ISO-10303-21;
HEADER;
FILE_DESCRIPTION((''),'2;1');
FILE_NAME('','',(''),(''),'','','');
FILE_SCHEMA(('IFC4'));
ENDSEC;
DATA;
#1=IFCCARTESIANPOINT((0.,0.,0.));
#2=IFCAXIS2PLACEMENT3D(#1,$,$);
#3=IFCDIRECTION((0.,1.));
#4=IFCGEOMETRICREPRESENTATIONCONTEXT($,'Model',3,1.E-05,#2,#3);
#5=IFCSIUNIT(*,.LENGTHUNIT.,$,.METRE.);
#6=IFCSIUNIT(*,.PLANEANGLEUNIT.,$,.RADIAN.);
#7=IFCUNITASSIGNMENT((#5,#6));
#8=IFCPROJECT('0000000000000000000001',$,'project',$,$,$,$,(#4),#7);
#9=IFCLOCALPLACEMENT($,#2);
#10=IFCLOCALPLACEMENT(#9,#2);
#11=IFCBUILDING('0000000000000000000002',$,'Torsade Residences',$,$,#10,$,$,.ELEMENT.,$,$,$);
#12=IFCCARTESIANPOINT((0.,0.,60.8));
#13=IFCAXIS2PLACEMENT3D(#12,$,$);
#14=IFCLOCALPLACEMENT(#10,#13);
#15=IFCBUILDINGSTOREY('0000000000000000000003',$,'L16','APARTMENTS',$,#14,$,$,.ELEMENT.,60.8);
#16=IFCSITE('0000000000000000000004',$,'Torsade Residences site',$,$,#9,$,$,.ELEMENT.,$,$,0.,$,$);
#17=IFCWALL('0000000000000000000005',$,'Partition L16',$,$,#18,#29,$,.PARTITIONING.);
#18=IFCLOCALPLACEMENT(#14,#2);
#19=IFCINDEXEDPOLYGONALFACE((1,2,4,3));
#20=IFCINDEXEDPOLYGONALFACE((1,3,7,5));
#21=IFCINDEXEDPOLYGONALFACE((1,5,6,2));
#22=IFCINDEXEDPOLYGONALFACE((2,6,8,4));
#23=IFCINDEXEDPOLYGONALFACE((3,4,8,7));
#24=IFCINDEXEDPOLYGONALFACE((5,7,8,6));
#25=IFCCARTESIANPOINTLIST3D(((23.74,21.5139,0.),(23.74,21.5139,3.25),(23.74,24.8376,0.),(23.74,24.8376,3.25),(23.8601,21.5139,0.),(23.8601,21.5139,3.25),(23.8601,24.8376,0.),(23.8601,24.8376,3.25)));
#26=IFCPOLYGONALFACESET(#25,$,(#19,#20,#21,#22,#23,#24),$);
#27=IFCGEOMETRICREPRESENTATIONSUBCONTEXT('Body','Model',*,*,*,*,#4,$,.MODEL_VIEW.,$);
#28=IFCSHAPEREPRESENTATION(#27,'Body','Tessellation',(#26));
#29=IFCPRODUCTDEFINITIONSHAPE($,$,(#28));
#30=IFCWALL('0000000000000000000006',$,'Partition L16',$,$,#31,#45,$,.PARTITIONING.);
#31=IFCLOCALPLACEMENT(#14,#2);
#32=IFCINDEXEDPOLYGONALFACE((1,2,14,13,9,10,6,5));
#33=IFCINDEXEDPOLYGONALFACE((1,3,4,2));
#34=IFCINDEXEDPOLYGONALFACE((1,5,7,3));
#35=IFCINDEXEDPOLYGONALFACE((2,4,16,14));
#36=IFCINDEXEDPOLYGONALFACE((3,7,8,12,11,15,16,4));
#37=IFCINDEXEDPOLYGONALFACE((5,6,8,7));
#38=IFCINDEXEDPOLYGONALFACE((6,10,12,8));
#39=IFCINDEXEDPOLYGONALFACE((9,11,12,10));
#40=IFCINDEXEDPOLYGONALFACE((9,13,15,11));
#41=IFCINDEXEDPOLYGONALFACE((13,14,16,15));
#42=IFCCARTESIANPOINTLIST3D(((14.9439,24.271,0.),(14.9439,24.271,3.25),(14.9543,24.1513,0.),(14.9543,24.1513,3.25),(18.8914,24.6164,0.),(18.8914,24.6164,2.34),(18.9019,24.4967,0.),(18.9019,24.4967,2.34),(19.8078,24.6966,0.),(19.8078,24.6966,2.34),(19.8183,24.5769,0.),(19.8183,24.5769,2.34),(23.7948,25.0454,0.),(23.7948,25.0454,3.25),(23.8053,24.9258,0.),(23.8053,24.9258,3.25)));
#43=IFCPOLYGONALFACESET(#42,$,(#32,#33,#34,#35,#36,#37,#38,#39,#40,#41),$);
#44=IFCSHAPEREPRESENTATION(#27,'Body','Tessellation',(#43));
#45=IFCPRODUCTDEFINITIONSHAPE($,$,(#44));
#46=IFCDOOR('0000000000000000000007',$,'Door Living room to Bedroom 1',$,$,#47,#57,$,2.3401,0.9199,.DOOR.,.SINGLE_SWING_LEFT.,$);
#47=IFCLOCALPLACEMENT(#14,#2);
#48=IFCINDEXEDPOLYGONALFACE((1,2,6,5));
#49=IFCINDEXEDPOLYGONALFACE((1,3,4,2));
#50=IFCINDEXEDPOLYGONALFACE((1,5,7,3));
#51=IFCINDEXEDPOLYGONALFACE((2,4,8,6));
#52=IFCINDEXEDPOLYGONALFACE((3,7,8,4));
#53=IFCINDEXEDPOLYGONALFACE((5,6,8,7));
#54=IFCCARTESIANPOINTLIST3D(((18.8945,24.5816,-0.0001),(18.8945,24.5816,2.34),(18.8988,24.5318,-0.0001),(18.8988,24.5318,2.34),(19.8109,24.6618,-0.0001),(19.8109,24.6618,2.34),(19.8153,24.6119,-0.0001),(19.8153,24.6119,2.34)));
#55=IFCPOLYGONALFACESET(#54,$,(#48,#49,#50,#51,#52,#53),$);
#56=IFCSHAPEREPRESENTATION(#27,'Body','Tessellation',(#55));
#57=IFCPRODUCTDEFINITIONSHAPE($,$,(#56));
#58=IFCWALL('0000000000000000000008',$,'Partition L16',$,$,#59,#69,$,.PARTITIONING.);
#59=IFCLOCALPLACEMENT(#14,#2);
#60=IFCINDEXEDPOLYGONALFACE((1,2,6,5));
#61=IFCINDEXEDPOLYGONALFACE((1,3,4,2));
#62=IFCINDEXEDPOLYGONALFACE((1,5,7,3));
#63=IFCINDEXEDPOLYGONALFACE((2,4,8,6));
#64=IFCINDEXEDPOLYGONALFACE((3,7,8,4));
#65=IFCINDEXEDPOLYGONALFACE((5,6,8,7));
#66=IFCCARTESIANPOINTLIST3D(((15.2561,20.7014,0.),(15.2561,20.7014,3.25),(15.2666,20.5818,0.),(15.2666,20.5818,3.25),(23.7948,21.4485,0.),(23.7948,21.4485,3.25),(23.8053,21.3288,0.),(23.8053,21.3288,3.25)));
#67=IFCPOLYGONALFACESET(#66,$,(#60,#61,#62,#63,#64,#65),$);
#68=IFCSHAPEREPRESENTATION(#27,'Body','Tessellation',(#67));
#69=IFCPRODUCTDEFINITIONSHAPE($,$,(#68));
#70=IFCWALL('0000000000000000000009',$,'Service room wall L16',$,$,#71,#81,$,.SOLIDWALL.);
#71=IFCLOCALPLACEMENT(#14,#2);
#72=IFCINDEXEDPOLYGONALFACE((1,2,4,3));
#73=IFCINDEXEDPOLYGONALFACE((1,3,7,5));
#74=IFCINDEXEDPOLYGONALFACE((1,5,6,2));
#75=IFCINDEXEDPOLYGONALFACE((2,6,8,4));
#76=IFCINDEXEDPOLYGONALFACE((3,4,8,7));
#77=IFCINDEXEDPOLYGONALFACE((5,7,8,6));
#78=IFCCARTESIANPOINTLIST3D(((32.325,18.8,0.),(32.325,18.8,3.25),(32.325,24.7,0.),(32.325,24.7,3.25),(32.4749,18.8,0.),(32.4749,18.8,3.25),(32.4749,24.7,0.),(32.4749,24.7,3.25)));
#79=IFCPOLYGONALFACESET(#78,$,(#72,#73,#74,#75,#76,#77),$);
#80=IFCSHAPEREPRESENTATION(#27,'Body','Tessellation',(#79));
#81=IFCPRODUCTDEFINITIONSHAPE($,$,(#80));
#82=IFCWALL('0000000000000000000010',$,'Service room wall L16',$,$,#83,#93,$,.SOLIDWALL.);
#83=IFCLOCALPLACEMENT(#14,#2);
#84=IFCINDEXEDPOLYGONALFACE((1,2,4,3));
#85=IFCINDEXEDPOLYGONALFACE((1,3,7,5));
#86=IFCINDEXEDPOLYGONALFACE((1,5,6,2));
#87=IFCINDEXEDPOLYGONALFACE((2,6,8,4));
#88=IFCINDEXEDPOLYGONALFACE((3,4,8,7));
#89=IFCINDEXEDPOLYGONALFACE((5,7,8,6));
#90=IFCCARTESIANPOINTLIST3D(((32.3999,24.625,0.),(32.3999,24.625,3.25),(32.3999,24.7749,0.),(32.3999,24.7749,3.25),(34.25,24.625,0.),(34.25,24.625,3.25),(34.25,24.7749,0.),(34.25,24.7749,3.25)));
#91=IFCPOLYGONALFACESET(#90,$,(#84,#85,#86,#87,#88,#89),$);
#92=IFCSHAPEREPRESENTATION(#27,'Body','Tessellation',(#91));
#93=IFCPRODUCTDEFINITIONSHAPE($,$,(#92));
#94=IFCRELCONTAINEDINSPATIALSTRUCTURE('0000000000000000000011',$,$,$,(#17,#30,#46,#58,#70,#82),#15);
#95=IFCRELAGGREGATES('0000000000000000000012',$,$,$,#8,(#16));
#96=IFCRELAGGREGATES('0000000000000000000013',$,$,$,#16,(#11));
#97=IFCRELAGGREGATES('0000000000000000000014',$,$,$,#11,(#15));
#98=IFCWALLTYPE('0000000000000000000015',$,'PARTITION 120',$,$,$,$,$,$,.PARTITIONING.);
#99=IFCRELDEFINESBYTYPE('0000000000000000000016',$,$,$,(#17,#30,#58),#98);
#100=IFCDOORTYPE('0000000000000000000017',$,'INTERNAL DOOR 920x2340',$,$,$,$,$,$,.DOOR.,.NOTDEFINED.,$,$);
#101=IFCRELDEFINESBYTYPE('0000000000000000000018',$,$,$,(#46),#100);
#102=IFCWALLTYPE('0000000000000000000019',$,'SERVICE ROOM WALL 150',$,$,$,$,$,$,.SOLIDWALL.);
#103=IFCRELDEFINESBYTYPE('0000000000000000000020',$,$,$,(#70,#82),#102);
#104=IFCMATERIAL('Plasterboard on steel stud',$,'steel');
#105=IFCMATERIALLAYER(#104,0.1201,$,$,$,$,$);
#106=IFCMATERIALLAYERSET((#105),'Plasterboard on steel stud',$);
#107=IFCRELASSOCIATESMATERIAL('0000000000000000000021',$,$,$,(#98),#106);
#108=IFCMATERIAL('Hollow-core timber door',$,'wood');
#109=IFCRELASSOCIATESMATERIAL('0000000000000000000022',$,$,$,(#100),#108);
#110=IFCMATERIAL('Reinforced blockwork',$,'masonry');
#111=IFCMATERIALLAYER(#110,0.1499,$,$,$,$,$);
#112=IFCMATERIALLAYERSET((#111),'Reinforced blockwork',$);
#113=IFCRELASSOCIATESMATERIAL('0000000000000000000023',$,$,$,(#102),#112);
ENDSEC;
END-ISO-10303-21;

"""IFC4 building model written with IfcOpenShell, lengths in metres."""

from ifc_helpers import new_model, si_unit, direction, frame, frame_2d, origin, place, context, subcontext, project, spatial, rectangle, extrude, material, layer, layer_set, type_object, element, fill, save


model = new_model("IFC4")

# Units and contexts
model_context = context("Model", 3, precision=1e-05, world=origin(), true_north=direction((0.0, 1.0)))
body_context = subcontext(model_context, "Body", "Model", "MODEL_VIEW")
ifc_project = project(units=[si_unit("LENGTHUNIT", "METRE"), si_unit("PLANEANGLEUNIT", "RADIAN")], contexts=[model_context])

# Site, building, storey
site_placement = place(None, origin())
site = spatial("IfcSite", under=ifc_project, at=site_placement, Name="Torsade Residences site", CompositionType="ELEMENT", RefElevation=0.0)
building_placement = place(site_placement, origin())
building = spatial("IfcBuilding", under=site, at=building_placement, Name="Torsade Residences", CompositionType="ELEMENT")
storey_placement = place(building_placement, frame((0.0, 0.0, 60.8)))
storey = spatial("IfcBuildingStorey", under=building, at=storey_placement, Name="L16", Description="APARTMENTS", CompositionType="ELEMENT", Elevation=60.8)

# Shared definitions
ifc_material_1 = material(Name="Plasterboard on steel stud", Category="steel")
ifc_layer_1 = layer(ifc_material_1, 0.1201)
ifc_layer_set_1 = layer_set([ifc_layer_1], Name="Plasterboard on steel stud")
wall_type_1 = type_object("IfcWallType", Name="PARTITION 120", PredefinedType="PARTITIONING", material=ifc_layer_set_1)

# Shared definitions
ifc_material_2 = material(Name="Hollow-core timber door", Category="wood")
door_type_1 = type_object("IfcDoorType", Name="INTERNAL DOOR 920x2340", OperationType="NOTDEFINED", PredefinedType="DOOR", material=ifc_material_2)

# Wall
wall_1_placement = place(storey_placement, frame((23.8, 21.5139, 0.0), z_axis=(0.0, 0.0, 1.0), x_axis=(0.0, 1.0, 0.0)))
element("IfcWall", 1, at=wall_1_placement, inside=storey, type_object=wall_type_1, Name="Partition L16", PredefinedType="PARTITIONING", context=body_context, shape_type="SweptSolid", body=[
    extrude(rectangle(XDim=3.3237, YDim=0.1201, at=frame_2d((1.6619, 0.0))), origin(), (0.0, 0.0, 1.0), 3.25),
])

# Wall, opening, door
wall_2_placement = place(storey_placement, frame((23.8, 24.9856, 0.0), z_axis=(0.0, 0.0, 1.0), x_axis=(-0.996194, -0.087163, 0.0)))
wall_2 = element("IfcWall", 2, at=wall_2_placement, inside=storey, type_object=wall_type_1, Name="Partition L16", PredefinedType="PARTITIONING", context=body_context, shape_type="SweptSolid", body=[
    extrude(rectangle(XDim=8.8848, YDim=0.1201, at=frame_2d((4.4424, 0.0))), origin(), (0.0, 0.0, 1.0), 3.25),
])
opening_1_placement = place(wall_2_placement, frame((4.0022, 0.0, 0.0)))
opening_1 = element("IfcOpeningElement", 3, at=opening_1_placement, cuts=wall_2, PredefinedType="OPENING", context=body_context, shape_type="SweptSolid", body=[
    extrude(rectangle(XDim=0.9199, YDim=2.3401, at=frame_2d((0.46, 1.1699))), frame((0.0, 0.0701, 0.0), z_axis=(0.0, -1.0, 0.0), x_axis=(1.0, 0.0, 0.0)), (0.0, 0.0, 1.0), 0.1401),
])
door_1_placement = place(opening_1_placement, origin())
door_1 = element("IfcDoor", 4, at=door_1_placement, inside=storey, type_object=door_type_1, Name="Door Living room to Bedroom 1", OperationType="SINGLE_SWING_LEFT", OverallHeight=2.3401, OverallWidth=0.9199, PredefinedType="DOOR", context=body_context, shape_type="SweptSolid", body=[
    extrude(rectangle(XDim=0.9199, YDim=2.3401, at=frame_2d((0.46, 1.1699))), frame((0.0, 0.0249, 0.0), z_axis=(0.0, -1.0, 0.0), x_axis=(1.0, 0.0, 0.0)), (0.0, 0.0, 1.0), 0.05),
])
fill(opening_1, door_1)

# Walls
wall_3_placement = place(storey_placement, frame((23.8, 21.3887, 0.0), z_axis=(0.0, 0.0, 1.0), x_axis=(-0.996194, -0.087161, 0.0)))
element("IfcWall", 5, at=wall_3_placement, inside=storey, type_object=wall_type_1, Name="Partition L16", PredefinedType="PARTITIONING", context=body_context, shape_type="SweptSolid", body=[
    extrude(rectangle(XDim=8.5713, YDim=0.1201, at=frame_2d((4.2856, 0.0))), origin(), (0.0, 0.0, 1.0), 3.25),
])
ifc_material_3 = material(Name="Reinforced blockwork", Category="masonry")
ifc_layer_2 = layer(ifc_material_3, 0.1499)
ifc_layer_set_2 = layer_set([ifc_layer_2], Name="Reinforced blockwork")
wall_type_2 = type_object("IfcWallType", Name="SERVICE ROOM WALL 150", PredefinedType="SOLIDWALL", material=ifc_layer_set_2)
wall_4_placement = place(storey_placement, frame((32.3999, 18.8, 0.0), z_axis=(0.0, 0.0, 1.0), x_axis=(0.0, 1.0, 0.0)))
element("IfcWall", 6, at=wall_4_placement, inside=storey, type_object=wall_type_2, Name="Service room wall L16", PredefinedType="SOLIDWALL", context=body_context, shape_type="SweptSolid", body=[
    extrude(rectangle(XDim=5.8999, YDim=0.1499, at=frame_2d((2.95, 0.0))), origin(), (0.0, 0.0, 1.0), 3.25),
])
wall_5_placement = place(storey_placement, frame((32.3999, 24.7, 0.0), z_axis=(0.0, 0.0, 1.0), x_axis=(1.0, 0.0, 0.0)))
element("IfcWall", 7, at=wall_5_placement, inside=storey, type_object=wall_type_2, Name="Service room wall L16", PredefinedType="SOLIDWALL", context=body_context, shape_type="SweptSolid", body=[
    extrude(rectangle(XDim=1.8501, YDim=0.1499, at=frame_2d((0.925, 0.0))), origin(), (0.0, 0.0, 1.0), 3.25),
])

save(model, "model.ifc")
